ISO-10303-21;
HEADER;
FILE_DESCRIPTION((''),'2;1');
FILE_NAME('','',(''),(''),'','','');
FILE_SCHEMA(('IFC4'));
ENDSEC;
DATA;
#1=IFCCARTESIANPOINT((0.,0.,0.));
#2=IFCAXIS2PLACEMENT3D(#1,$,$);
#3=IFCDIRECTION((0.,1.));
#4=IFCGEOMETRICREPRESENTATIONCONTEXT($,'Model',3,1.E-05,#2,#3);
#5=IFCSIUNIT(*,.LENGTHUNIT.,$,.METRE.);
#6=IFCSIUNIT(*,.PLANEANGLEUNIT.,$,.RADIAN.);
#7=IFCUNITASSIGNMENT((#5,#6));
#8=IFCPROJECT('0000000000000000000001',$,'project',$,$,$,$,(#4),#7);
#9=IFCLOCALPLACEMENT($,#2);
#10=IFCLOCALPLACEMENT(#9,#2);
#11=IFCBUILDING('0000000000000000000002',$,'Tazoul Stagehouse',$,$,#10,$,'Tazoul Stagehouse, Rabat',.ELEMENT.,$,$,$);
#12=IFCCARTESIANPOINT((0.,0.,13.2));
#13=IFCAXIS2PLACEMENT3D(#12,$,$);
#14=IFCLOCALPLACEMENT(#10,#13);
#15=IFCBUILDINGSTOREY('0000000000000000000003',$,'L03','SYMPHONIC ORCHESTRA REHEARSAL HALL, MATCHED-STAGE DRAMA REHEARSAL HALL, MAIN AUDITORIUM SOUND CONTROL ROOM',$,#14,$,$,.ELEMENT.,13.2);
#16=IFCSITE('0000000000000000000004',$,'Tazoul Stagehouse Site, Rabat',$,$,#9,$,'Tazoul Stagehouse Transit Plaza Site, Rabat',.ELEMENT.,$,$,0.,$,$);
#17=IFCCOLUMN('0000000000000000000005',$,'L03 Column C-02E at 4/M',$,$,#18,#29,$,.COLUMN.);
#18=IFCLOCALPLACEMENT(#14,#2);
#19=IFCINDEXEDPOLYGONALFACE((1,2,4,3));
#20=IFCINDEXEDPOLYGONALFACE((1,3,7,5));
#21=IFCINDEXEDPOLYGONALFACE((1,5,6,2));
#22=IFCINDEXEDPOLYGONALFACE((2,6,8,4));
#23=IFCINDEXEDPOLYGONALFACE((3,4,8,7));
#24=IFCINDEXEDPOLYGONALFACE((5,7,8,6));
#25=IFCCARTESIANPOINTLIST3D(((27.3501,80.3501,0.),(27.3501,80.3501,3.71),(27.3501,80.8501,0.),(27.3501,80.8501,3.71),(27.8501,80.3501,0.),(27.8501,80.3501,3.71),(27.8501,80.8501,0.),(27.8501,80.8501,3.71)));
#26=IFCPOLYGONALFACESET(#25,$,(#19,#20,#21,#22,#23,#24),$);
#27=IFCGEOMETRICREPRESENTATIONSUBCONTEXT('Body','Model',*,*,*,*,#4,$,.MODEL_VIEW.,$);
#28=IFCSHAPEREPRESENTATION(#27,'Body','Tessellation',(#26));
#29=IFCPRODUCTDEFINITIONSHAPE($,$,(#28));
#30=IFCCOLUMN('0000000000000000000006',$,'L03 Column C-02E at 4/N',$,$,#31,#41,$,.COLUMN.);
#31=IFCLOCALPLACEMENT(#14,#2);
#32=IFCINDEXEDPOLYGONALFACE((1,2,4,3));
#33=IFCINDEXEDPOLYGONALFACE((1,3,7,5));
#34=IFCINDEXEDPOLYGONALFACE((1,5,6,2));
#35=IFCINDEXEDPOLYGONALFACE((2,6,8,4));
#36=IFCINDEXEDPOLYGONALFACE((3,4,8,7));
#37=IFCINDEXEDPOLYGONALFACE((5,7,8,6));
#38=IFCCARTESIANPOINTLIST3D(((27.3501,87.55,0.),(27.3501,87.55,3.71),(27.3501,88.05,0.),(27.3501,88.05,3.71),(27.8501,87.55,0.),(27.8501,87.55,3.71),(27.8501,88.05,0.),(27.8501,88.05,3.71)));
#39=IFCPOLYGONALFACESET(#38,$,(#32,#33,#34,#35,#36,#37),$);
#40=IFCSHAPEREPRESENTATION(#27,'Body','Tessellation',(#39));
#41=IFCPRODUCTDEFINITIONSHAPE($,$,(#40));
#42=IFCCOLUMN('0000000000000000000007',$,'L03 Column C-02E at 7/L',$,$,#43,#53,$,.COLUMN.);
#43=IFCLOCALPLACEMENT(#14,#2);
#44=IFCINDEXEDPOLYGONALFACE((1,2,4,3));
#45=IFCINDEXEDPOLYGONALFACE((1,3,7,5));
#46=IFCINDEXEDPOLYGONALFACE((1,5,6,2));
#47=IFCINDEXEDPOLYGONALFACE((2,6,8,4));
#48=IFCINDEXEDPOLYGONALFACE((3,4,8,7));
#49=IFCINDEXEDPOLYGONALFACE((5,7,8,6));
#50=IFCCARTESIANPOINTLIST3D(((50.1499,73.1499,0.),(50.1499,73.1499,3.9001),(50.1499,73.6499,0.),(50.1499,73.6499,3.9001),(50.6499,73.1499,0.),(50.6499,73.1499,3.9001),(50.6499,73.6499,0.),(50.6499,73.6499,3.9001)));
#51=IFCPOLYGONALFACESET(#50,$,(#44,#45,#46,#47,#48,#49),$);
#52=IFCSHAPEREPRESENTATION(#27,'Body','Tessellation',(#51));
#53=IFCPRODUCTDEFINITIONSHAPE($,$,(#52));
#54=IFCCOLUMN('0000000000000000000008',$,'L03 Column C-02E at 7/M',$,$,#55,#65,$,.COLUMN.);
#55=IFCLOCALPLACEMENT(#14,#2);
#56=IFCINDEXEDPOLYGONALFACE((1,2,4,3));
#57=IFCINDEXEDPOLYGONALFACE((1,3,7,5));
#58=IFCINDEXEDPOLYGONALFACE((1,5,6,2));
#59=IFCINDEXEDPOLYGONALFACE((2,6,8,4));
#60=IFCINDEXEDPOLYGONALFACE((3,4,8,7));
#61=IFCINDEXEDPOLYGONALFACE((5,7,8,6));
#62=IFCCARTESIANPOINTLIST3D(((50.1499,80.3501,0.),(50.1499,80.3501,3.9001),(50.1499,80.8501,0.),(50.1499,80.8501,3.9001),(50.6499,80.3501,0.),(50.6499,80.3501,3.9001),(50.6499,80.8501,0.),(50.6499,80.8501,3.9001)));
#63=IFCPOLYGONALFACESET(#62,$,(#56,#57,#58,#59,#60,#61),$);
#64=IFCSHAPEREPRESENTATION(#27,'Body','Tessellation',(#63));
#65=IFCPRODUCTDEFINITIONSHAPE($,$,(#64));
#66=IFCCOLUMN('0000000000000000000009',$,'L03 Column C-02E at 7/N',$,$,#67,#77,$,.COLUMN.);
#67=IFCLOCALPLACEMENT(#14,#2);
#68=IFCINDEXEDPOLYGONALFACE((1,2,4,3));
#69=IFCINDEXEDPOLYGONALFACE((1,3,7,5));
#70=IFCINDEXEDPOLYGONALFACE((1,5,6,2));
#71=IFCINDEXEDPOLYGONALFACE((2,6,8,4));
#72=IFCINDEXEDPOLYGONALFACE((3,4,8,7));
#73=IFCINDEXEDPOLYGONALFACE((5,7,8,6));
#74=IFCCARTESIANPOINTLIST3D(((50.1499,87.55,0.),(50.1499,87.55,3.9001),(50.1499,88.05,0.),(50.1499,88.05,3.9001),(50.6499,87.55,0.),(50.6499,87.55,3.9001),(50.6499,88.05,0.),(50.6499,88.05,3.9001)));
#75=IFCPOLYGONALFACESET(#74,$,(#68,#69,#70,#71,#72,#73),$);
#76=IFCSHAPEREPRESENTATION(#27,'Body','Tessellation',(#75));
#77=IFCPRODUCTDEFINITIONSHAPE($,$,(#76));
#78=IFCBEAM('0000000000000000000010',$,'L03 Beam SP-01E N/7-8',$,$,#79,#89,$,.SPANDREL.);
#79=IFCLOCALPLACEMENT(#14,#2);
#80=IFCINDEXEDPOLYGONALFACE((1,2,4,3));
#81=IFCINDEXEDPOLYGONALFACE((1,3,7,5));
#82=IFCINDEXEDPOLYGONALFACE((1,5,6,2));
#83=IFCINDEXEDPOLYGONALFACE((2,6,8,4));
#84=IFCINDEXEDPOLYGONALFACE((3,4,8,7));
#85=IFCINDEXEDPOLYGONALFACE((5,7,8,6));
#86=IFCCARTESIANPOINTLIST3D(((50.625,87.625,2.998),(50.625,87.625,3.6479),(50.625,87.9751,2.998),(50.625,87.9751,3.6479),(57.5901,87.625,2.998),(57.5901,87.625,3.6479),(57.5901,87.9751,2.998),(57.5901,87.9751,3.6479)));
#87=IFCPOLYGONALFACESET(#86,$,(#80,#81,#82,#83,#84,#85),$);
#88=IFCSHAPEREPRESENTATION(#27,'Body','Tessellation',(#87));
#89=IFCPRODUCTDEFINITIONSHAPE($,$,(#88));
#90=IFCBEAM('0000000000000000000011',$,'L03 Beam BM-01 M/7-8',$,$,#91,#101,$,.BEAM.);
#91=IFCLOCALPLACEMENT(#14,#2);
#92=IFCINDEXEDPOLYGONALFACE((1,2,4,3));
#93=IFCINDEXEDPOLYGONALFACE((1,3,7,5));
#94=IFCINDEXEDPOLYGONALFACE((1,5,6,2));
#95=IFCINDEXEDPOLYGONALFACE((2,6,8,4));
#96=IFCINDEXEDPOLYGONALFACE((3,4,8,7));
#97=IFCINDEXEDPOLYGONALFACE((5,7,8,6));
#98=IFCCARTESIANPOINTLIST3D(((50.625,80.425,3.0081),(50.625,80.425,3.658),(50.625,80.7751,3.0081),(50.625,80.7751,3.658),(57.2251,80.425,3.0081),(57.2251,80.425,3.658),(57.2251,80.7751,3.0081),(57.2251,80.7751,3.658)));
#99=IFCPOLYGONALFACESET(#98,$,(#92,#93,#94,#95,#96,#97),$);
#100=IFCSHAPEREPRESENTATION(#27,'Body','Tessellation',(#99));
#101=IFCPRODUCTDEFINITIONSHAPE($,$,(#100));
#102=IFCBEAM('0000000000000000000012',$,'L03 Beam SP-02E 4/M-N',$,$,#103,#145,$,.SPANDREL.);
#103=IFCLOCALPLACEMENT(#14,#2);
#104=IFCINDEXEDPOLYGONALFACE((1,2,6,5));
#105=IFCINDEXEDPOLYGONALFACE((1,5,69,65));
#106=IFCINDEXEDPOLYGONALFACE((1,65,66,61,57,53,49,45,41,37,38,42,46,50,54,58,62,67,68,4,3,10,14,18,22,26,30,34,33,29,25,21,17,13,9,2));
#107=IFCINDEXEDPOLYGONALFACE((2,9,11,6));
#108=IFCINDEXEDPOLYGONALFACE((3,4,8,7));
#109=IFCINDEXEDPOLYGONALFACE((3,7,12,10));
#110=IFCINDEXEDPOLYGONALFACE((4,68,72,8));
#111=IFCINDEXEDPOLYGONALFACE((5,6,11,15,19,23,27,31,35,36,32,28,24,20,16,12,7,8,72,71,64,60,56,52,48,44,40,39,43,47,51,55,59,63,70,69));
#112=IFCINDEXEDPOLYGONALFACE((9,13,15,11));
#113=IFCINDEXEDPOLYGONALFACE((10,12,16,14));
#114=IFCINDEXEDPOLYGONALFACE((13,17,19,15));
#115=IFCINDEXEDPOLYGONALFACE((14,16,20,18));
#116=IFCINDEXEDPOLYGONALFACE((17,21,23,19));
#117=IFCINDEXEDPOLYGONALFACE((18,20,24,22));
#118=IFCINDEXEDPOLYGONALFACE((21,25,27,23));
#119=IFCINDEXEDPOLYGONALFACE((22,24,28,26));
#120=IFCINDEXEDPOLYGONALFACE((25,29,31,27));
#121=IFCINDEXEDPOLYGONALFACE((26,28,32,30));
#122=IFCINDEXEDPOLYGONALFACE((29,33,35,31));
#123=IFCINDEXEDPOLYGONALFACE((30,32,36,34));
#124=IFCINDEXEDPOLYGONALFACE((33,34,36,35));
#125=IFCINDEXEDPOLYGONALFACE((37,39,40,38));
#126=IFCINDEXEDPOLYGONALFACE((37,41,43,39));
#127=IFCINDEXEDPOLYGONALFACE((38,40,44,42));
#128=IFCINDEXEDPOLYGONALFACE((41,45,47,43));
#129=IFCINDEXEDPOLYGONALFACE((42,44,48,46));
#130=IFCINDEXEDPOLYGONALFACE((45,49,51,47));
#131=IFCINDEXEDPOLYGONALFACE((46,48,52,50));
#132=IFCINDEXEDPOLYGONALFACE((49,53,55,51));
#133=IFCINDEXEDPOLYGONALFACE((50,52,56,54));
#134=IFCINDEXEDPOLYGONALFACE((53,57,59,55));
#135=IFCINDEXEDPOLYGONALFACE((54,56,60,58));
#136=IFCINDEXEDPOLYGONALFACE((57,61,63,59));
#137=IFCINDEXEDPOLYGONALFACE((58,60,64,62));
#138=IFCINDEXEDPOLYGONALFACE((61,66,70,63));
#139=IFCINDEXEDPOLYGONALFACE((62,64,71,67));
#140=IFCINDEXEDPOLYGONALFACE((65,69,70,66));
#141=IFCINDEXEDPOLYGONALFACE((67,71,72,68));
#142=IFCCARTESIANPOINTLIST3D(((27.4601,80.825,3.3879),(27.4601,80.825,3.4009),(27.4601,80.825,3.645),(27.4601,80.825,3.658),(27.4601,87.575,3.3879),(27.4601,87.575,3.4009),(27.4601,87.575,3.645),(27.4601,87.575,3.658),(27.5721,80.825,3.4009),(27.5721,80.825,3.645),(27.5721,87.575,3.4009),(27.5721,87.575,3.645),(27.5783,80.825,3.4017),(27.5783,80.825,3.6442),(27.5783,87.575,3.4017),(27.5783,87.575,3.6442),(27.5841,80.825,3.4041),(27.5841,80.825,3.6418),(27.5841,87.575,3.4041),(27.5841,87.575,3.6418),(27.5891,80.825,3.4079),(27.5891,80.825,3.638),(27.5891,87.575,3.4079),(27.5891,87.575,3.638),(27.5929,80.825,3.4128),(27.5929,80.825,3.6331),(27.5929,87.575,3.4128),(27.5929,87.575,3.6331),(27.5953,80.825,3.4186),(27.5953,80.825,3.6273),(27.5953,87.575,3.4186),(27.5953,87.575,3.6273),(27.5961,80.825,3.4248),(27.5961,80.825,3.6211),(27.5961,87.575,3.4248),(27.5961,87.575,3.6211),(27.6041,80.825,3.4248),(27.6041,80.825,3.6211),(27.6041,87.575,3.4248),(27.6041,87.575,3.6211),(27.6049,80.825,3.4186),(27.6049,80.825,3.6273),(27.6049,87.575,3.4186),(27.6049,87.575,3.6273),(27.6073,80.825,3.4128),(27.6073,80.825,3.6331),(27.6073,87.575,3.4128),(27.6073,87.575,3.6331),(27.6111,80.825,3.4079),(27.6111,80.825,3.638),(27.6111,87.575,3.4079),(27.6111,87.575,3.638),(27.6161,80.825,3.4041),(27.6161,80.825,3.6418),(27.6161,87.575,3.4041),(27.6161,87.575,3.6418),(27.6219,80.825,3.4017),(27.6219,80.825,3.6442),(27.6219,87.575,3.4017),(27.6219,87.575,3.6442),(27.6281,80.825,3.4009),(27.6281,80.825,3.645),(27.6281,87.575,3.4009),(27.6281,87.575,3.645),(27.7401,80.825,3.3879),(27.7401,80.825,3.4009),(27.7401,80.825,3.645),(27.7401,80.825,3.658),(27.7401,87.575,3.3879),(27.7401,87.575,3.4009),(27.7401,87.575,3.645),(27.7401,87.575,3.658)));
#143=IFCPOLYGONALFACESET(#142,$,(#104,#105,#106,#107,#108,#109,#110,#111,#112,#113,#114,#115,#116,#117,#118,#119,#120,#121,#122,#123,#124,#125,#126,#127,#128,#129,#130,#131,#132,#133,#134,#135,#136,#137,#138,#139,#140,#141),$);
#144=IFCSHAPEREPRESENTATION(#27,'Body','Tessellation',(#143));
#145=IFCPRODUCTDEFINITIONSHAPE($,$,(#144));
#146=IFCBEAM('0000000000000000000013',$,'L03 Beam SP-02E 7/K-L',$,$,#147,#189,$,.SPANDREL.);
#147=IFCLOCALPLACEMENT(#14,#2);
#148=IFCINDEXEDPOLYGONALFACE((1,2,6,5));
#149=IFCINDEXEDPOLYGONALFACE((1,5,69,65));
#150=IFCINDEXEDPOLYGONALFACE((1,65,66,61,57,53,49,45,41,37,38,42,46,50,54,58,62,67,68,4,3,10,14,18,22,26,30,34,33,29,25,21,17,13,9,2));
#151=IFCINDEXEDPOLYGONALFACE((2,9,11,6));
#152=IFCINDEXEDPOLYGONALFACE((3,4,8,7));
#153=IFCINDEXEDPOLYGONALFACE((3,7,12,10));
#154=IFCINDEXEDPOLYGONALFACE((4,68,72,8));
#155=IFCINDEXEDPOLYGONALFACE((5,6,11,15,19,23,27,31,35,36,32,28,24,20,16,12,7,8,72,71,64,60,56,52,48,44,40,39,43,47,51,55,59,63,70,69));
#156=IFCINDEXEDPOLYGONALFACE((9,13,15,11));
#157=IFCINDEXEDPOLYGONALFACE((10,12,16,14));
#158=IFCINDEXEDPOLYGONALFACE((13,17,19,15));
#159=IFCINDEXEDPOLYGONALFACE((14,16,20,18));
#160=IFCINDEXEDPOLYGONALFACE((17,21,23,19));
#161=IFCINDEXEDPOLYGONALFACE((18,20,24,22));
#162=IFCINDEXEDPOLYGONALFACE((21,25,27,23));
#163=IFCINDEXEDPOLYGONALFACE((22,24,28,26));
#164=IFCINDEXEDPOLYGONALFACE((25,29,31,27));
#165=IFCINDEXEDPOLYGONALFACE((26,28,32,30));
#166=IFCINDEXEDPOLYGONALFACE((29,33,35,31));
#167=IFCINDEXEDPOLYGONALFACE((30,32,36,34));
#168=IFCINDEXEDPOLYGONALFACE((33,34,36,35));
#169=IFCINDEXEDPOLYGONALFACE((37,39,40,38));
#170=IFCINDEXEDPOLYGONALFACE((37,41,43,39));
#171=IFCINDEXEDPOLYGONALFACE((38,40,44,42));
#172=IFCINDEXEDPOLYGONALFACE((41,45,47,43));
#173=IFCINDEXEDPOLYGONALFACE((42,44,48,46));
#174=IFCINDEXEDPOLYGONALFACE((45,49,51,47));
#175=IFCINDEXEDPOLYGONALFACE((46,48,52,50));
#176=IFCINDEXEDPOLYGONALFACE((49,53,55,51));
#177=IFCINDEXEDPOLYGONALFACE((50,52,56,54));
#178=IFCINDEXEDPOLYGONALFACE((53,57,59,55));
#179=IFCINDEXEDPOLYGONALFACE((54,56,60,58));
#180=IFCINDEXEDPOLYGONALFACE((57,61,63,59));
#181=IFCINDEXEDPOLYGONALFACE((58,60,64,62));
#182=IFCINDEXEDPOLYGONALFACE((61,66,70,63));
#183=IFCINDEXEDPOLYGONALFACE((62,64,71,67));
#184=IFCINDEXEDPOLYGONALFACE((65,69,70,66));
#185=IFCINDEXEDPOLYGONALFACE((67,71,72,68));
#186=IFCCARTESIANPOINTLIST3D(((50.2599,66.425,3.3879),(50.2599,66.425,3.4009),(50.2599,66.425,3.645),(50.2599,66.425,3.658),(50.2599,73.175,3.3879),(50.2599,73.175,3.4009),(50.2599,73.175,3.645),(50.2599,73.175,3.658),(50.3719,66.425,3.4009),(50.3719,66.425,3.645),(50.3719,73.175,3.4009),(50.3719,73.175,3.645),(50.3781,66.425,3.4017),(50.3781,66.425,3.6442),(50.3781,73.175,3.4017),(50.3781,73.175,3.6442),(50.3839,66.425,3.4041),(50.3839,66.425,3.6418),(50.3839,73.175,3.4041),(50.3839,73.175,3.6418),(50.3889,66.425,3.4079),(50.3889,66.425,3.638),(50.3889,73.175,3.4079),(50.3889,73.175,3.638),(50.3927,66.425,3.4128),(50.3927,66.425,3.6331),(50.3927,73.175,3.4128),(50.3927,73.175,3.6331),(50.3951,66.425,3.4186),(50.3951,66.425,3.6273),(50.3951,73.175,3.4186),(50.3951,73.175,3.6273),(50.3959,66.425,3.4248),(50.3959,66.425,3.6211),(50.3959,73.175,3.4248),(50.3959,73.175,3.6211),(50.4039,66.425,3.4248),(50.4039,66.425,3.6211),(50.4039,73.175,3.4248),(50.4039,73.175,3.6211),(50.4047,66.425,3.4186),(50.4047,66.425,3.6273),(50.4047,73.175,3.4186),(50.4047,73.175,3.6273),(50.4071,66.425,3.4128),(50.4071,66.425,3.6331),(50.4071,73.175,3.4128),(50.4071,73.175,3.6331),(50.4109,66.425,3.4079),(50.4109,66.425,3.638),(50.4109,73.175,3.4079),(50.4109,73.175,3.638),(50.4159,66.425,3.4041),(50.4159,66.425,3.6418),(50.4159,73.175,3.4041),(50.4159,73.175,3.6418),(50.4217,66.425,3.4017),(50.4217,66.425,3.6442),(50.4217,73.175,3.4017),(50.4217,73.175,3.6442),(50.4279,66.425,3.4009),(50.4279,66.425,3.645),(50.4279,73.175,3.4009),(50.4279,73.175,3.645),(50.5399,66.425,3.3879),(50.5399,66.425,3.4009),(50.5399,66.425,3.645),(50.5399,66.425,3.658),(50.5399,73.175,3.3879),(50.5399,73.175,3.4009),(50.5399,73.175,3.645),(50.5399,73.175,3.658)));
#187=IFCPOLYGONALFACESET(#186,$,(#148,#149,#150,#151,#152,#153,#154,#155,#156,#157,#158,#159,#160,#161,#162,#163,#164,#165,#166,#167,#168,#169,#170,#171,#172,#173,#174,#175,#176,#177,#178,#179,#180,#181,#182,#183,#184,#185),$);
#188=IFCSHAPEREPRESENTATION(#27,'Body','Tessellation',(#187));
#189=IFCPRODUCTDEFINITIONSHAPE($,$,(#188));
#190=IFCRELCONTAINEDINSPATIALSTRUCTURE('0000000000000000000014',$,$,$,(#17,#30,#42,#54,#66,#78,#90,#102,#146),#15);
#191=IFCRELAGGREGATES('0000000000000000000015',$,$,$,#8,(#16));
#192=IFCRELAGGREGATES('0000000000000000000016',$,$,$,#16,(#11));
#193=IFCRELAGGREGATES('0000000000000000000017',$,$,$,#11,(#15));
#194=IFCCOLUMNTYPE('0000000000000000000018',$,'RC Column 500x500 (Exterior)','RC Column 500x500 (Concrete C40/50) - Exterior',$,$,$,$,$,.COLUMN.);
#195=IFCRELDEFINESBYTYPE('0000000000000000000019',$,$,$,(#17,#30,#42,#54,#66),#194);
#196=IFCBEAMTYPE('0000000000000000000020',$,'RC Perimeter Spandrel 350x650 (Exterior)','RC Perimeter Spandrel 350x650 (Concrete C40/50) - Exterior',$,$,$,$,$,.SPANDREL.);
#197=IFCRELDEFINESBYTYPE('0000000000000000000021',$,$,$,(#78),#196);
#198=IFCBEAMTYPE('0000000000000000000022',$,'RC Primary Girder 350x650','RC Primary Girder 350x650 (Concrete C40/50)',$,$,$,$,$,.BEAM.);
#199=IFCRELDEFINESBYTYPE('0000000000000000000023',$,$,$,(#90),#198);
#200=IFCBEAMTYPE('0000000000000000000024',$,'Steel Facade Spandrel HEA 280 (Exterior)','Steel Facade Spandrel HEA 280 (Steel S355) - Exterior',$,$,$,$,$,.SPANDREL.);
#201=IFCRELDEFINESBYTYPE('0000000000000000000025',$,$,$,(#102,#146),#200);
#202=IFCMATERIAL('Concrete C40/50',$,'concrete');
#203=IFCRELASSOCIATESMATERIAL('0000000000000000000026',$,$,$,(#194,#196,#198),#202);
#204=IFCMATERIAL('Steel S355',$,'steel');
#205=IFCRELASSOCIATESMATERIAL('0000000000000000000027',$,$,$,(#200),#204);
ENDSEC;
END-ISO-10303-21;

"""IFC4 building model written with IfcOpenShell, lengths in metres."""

from ifc_helpers import new_model, si_unit, direction, frame, origin, origin_2d, place, context, subcontext, project, spatial, rectangle, i_section, extrude, material, material_profile, profile_set, type_object, element, save


model = new_model("IFC4")

# Units and contexts
model_context = context("Model", 3, precision=1e-05, world=origin(), true_north=direction((0.0, 1.0)))
body_context = subcontext(model_context, "Body", "Model", "MODEL_VIEW")
ifc_project = project(units=[si_unit("LENGTHUNIT", "METRE"), si_unit("PLANEANGLEUNIT", "RADIAN")], contexts=[model_context])

# Site, building, storey
site_placement = place(None, origin())
site = spatial("IfcSite", under=ifc_project, at=site_placement, Name="Tazoul Stagehouse Site, Rabat", LongName="Tazoul Stagehouse Transit Plaza Site, Rabat", CompositionType="ELEMENT", RefElevation=0.0)
building_placement = place(site_placement, origin())
building = spatial("IfcBuilding", under=site, at=building_placement, Name="Tazoul Stagehouse", LongName="Tazoul Stagehouse, Rabat", CompositionType="ELEMENT")
storey_placement = place(building_placement, frame((0.0, 0.0, 13.2)))
storey = spatial("IfcBuildingStorey", under=building, at=storey_placement, Name="L03", Description="SYMPHONIC ORCHESTRA REHEARSAL HALL, MATCHED-STAGE DRAMA REHEARSAL HALL, MAIN AUDITORIUM SOUND CONTROL ROOM", CompositionType="ELEMENT", Elevation=13.2)

# Columns
ifc_material_1 = material(Name="Concrete C40/50", Category="concrete")
ifc_material_profile_1 = material_profile(ifc_material_1, rectangle(XDim=0.5, YDim=0.5, at=origin_2d()), Name="RC 500x500")
ifc_profile_set_1 = profile_set([ifc_material_profile_1], Name="Concrete C40/50")
column_type = type_object("IfcColumnType", Name="RC Column 500x500 (Exterior)", Description="RC Column 500x500 (Concrete C40/50) - Exterior", PredefinedType="COLUMN", material=ifc_profile_set_1)
for number, where, z_axis, x_axis, name in (
    (1, (27.6001, 80.6001, 0.0), (0.0, 0.0, 1.0), (1.0, 0.0, 0.0), "L03 Column C-02E at 4/M"),
    (2, (27.6001, 87.8, 0.0), (0.0, 0.0, 1.0), (1.0, 0.0, 0.0), "L03 Column C-02E at 4/N"),
):
    element("IfcColumn", number, at=place(storey_placement, frame(where, z_axis=z_axis, x_axis=x_axis)), inside=storey, type_object=column_type, Name=name, PredefinedType="COLUMN", context=body_context, shape_type="SweptSolid", body=[
        extrude(rectangle(XDim=0.5, YDim=0.5, at=origin_2d()), origin(), (0.0, 0.0, 1.0), 3.71),
    ])
for number, where, z_axis, x_axis, name in (
    (3, (50.3999, 73.3999, 0.0), (0.0, 0.0, 1.0), (1.0, 0.0, 0.0), "L03 Column C-02E at 7/L"),
    (4, (50.3999, 80.6001, 0.0), (0.0, 0.0, 1.0), (1.0, 0.0, 0.0), "L03 Column C-02E at 7/M"),
    (5, (50.3999, 87.8, 0.0), (0.0, 0.0, 1.0), (1.0, 0.0, 0.0), "L03 Column C-02E at 7/N"),
):
    element("IfcColumn", number, at=place(storey_placement, frame(where, z_axis=z_axis, x_axis=x_axis)), inside=storey, type_object=column_type, Name=name, PredefinedType="COLUMN", context=body_context, shape_type="SweptSolid", body=[
        extrude(rectangle(XDim=0.5, YDim=0.5, at=origin_2d()), origin(), (0.0, 0.0, 1.0), 3.9001),
    ])

# Beams
ifc_material_profile_2 = material_profile(ifc_material_1, rectangle(XDim=0.3501, YDim=0.6499, at=origin_2d()), Name="RC 350x650")
ifc_profile_set_2 = profile_set([ifc_material_profile_2], Name="Concrete C40/50")
beam_type_1 = type_object("IfcBeamType", Name="RC Perimeter Spandrel 350x650 (Exterior)", Description="RC Perimeter Spandrel 350x650 (Concrete C40/50) - Exterior", PredefinedType="SPANDREL", material=ifc_profile_set_2)
beam_1_placement = place(storey_placement, frame((50.625, 87.8, 3.323), z_axis=(1.0, 0.0, 0.0), x_axis=(0.0, 1.0, 0.0)))
element("IfcBeam", 6, at=beam_1_placement, inside=storey, type_object=beam_type_1, Name="L03 Beam SP-01E N/7-8", PredefinedType="SPANDREL", context=body_context, shape_type="SweptSolid", body=[
    extrude(rectangle(XDim=0.3501, YDim=0.6499, at=origin_2d()), origin(), (0.0, 0.0, 1.0), 6.9651),
])
ifc_material_profile_3 = material_profile(ifc_material_1, rectangle(XDim=0.3501, YDim=0.6499, at=origin_2d()), Name="RC 350x650")
ifc_profile_set_3 = profile_set([ifc_material_profile_3], Name="Concrete C40/50")
beam_type_2 = type_object("IfcBeamType", Name="RC Primary Girder 350x650", Description="RC Primary Girder 350x650 (Concrete C40/50)", PredefinedType="BEAM", material=ifc_profile_set_3)
beam_2_placement = place(storey_placement, frame((50.625, 80.6001, 3.333), z_axis=(1.0, 0.0, 0.0), x_axis=(0.0, 1.0, 0.0)))
element("IfcBeam", 7, at=beam_2_placement, inside=storey, type_object=beam_type_2, Name="L03 Beam BM-01 M/7-8", PredefinedType="BEAM", context=body_context, shape_type="SweptSolid", body=[
    extrude(rectangle(XDim=0.3501, YDim=0.6499, at=origin_2d()), origin(), (0.0, 0.0, 1.0), 6.6001),
])
ifc_material_2 = material(Name="Steel S355", Category="steel")
ifc_material_profile_4 = material_profile(ifc_material_2, i_section(OverallWidth=0.28, OverallDepth=0.27, WebThickness=0.0081, FlangeThickness=0.0129, FilletRadius=0.0239, at=origin_2d()), Name="HEA 280")
ifc_profile_set_4 = profile_set([ifc_material_profile_4], Name="Steel S355")
beam_type_3 = type_object("IfcBeamType", Name="Steel Facade Spandrel HEA 280 (Exterior)", Description="Steel Facade Spandrel HEA 280 (Steel S355) - Exterior", PredefinedType="SPANDREL", material=ifc_profile_set_4)
for number, where, z_axis, x_axis, name in (
    (8, (27.6001, 80.825, 3.5229), (0.0, 1.0, 0.0), (-1.0, 0.0, 0.0), "L03 Beam SP-02E 4/M-N"),
    (9, (50.3999, 66.425, 3.5229), (0.0, 1.0, 0.0), (-1.0, 0.0, 0.0), "L03 Beam SP-02E 7/K-L"),
):
    element("IfcBeam", number, at=place(storey_placement, frame(where, z_axis=z_axis, x_axis=x_axis)), inside=storey, type_object=beam_type_3, Name=name, PredefinedType="SPANDREL", context=body_context, shape_type="SweptSolid", body=[
        extrude(i_section(OverallWidth=0.28, OverallDepth=0.27, WebThickness=0.0081, FlangeThickness=0.0129, FilletRadius=0.0239, at=origin_2d()), origin(), (0.0, 0.0, 1.0), 6.75),
    ])

save(model, "model.ifc")
